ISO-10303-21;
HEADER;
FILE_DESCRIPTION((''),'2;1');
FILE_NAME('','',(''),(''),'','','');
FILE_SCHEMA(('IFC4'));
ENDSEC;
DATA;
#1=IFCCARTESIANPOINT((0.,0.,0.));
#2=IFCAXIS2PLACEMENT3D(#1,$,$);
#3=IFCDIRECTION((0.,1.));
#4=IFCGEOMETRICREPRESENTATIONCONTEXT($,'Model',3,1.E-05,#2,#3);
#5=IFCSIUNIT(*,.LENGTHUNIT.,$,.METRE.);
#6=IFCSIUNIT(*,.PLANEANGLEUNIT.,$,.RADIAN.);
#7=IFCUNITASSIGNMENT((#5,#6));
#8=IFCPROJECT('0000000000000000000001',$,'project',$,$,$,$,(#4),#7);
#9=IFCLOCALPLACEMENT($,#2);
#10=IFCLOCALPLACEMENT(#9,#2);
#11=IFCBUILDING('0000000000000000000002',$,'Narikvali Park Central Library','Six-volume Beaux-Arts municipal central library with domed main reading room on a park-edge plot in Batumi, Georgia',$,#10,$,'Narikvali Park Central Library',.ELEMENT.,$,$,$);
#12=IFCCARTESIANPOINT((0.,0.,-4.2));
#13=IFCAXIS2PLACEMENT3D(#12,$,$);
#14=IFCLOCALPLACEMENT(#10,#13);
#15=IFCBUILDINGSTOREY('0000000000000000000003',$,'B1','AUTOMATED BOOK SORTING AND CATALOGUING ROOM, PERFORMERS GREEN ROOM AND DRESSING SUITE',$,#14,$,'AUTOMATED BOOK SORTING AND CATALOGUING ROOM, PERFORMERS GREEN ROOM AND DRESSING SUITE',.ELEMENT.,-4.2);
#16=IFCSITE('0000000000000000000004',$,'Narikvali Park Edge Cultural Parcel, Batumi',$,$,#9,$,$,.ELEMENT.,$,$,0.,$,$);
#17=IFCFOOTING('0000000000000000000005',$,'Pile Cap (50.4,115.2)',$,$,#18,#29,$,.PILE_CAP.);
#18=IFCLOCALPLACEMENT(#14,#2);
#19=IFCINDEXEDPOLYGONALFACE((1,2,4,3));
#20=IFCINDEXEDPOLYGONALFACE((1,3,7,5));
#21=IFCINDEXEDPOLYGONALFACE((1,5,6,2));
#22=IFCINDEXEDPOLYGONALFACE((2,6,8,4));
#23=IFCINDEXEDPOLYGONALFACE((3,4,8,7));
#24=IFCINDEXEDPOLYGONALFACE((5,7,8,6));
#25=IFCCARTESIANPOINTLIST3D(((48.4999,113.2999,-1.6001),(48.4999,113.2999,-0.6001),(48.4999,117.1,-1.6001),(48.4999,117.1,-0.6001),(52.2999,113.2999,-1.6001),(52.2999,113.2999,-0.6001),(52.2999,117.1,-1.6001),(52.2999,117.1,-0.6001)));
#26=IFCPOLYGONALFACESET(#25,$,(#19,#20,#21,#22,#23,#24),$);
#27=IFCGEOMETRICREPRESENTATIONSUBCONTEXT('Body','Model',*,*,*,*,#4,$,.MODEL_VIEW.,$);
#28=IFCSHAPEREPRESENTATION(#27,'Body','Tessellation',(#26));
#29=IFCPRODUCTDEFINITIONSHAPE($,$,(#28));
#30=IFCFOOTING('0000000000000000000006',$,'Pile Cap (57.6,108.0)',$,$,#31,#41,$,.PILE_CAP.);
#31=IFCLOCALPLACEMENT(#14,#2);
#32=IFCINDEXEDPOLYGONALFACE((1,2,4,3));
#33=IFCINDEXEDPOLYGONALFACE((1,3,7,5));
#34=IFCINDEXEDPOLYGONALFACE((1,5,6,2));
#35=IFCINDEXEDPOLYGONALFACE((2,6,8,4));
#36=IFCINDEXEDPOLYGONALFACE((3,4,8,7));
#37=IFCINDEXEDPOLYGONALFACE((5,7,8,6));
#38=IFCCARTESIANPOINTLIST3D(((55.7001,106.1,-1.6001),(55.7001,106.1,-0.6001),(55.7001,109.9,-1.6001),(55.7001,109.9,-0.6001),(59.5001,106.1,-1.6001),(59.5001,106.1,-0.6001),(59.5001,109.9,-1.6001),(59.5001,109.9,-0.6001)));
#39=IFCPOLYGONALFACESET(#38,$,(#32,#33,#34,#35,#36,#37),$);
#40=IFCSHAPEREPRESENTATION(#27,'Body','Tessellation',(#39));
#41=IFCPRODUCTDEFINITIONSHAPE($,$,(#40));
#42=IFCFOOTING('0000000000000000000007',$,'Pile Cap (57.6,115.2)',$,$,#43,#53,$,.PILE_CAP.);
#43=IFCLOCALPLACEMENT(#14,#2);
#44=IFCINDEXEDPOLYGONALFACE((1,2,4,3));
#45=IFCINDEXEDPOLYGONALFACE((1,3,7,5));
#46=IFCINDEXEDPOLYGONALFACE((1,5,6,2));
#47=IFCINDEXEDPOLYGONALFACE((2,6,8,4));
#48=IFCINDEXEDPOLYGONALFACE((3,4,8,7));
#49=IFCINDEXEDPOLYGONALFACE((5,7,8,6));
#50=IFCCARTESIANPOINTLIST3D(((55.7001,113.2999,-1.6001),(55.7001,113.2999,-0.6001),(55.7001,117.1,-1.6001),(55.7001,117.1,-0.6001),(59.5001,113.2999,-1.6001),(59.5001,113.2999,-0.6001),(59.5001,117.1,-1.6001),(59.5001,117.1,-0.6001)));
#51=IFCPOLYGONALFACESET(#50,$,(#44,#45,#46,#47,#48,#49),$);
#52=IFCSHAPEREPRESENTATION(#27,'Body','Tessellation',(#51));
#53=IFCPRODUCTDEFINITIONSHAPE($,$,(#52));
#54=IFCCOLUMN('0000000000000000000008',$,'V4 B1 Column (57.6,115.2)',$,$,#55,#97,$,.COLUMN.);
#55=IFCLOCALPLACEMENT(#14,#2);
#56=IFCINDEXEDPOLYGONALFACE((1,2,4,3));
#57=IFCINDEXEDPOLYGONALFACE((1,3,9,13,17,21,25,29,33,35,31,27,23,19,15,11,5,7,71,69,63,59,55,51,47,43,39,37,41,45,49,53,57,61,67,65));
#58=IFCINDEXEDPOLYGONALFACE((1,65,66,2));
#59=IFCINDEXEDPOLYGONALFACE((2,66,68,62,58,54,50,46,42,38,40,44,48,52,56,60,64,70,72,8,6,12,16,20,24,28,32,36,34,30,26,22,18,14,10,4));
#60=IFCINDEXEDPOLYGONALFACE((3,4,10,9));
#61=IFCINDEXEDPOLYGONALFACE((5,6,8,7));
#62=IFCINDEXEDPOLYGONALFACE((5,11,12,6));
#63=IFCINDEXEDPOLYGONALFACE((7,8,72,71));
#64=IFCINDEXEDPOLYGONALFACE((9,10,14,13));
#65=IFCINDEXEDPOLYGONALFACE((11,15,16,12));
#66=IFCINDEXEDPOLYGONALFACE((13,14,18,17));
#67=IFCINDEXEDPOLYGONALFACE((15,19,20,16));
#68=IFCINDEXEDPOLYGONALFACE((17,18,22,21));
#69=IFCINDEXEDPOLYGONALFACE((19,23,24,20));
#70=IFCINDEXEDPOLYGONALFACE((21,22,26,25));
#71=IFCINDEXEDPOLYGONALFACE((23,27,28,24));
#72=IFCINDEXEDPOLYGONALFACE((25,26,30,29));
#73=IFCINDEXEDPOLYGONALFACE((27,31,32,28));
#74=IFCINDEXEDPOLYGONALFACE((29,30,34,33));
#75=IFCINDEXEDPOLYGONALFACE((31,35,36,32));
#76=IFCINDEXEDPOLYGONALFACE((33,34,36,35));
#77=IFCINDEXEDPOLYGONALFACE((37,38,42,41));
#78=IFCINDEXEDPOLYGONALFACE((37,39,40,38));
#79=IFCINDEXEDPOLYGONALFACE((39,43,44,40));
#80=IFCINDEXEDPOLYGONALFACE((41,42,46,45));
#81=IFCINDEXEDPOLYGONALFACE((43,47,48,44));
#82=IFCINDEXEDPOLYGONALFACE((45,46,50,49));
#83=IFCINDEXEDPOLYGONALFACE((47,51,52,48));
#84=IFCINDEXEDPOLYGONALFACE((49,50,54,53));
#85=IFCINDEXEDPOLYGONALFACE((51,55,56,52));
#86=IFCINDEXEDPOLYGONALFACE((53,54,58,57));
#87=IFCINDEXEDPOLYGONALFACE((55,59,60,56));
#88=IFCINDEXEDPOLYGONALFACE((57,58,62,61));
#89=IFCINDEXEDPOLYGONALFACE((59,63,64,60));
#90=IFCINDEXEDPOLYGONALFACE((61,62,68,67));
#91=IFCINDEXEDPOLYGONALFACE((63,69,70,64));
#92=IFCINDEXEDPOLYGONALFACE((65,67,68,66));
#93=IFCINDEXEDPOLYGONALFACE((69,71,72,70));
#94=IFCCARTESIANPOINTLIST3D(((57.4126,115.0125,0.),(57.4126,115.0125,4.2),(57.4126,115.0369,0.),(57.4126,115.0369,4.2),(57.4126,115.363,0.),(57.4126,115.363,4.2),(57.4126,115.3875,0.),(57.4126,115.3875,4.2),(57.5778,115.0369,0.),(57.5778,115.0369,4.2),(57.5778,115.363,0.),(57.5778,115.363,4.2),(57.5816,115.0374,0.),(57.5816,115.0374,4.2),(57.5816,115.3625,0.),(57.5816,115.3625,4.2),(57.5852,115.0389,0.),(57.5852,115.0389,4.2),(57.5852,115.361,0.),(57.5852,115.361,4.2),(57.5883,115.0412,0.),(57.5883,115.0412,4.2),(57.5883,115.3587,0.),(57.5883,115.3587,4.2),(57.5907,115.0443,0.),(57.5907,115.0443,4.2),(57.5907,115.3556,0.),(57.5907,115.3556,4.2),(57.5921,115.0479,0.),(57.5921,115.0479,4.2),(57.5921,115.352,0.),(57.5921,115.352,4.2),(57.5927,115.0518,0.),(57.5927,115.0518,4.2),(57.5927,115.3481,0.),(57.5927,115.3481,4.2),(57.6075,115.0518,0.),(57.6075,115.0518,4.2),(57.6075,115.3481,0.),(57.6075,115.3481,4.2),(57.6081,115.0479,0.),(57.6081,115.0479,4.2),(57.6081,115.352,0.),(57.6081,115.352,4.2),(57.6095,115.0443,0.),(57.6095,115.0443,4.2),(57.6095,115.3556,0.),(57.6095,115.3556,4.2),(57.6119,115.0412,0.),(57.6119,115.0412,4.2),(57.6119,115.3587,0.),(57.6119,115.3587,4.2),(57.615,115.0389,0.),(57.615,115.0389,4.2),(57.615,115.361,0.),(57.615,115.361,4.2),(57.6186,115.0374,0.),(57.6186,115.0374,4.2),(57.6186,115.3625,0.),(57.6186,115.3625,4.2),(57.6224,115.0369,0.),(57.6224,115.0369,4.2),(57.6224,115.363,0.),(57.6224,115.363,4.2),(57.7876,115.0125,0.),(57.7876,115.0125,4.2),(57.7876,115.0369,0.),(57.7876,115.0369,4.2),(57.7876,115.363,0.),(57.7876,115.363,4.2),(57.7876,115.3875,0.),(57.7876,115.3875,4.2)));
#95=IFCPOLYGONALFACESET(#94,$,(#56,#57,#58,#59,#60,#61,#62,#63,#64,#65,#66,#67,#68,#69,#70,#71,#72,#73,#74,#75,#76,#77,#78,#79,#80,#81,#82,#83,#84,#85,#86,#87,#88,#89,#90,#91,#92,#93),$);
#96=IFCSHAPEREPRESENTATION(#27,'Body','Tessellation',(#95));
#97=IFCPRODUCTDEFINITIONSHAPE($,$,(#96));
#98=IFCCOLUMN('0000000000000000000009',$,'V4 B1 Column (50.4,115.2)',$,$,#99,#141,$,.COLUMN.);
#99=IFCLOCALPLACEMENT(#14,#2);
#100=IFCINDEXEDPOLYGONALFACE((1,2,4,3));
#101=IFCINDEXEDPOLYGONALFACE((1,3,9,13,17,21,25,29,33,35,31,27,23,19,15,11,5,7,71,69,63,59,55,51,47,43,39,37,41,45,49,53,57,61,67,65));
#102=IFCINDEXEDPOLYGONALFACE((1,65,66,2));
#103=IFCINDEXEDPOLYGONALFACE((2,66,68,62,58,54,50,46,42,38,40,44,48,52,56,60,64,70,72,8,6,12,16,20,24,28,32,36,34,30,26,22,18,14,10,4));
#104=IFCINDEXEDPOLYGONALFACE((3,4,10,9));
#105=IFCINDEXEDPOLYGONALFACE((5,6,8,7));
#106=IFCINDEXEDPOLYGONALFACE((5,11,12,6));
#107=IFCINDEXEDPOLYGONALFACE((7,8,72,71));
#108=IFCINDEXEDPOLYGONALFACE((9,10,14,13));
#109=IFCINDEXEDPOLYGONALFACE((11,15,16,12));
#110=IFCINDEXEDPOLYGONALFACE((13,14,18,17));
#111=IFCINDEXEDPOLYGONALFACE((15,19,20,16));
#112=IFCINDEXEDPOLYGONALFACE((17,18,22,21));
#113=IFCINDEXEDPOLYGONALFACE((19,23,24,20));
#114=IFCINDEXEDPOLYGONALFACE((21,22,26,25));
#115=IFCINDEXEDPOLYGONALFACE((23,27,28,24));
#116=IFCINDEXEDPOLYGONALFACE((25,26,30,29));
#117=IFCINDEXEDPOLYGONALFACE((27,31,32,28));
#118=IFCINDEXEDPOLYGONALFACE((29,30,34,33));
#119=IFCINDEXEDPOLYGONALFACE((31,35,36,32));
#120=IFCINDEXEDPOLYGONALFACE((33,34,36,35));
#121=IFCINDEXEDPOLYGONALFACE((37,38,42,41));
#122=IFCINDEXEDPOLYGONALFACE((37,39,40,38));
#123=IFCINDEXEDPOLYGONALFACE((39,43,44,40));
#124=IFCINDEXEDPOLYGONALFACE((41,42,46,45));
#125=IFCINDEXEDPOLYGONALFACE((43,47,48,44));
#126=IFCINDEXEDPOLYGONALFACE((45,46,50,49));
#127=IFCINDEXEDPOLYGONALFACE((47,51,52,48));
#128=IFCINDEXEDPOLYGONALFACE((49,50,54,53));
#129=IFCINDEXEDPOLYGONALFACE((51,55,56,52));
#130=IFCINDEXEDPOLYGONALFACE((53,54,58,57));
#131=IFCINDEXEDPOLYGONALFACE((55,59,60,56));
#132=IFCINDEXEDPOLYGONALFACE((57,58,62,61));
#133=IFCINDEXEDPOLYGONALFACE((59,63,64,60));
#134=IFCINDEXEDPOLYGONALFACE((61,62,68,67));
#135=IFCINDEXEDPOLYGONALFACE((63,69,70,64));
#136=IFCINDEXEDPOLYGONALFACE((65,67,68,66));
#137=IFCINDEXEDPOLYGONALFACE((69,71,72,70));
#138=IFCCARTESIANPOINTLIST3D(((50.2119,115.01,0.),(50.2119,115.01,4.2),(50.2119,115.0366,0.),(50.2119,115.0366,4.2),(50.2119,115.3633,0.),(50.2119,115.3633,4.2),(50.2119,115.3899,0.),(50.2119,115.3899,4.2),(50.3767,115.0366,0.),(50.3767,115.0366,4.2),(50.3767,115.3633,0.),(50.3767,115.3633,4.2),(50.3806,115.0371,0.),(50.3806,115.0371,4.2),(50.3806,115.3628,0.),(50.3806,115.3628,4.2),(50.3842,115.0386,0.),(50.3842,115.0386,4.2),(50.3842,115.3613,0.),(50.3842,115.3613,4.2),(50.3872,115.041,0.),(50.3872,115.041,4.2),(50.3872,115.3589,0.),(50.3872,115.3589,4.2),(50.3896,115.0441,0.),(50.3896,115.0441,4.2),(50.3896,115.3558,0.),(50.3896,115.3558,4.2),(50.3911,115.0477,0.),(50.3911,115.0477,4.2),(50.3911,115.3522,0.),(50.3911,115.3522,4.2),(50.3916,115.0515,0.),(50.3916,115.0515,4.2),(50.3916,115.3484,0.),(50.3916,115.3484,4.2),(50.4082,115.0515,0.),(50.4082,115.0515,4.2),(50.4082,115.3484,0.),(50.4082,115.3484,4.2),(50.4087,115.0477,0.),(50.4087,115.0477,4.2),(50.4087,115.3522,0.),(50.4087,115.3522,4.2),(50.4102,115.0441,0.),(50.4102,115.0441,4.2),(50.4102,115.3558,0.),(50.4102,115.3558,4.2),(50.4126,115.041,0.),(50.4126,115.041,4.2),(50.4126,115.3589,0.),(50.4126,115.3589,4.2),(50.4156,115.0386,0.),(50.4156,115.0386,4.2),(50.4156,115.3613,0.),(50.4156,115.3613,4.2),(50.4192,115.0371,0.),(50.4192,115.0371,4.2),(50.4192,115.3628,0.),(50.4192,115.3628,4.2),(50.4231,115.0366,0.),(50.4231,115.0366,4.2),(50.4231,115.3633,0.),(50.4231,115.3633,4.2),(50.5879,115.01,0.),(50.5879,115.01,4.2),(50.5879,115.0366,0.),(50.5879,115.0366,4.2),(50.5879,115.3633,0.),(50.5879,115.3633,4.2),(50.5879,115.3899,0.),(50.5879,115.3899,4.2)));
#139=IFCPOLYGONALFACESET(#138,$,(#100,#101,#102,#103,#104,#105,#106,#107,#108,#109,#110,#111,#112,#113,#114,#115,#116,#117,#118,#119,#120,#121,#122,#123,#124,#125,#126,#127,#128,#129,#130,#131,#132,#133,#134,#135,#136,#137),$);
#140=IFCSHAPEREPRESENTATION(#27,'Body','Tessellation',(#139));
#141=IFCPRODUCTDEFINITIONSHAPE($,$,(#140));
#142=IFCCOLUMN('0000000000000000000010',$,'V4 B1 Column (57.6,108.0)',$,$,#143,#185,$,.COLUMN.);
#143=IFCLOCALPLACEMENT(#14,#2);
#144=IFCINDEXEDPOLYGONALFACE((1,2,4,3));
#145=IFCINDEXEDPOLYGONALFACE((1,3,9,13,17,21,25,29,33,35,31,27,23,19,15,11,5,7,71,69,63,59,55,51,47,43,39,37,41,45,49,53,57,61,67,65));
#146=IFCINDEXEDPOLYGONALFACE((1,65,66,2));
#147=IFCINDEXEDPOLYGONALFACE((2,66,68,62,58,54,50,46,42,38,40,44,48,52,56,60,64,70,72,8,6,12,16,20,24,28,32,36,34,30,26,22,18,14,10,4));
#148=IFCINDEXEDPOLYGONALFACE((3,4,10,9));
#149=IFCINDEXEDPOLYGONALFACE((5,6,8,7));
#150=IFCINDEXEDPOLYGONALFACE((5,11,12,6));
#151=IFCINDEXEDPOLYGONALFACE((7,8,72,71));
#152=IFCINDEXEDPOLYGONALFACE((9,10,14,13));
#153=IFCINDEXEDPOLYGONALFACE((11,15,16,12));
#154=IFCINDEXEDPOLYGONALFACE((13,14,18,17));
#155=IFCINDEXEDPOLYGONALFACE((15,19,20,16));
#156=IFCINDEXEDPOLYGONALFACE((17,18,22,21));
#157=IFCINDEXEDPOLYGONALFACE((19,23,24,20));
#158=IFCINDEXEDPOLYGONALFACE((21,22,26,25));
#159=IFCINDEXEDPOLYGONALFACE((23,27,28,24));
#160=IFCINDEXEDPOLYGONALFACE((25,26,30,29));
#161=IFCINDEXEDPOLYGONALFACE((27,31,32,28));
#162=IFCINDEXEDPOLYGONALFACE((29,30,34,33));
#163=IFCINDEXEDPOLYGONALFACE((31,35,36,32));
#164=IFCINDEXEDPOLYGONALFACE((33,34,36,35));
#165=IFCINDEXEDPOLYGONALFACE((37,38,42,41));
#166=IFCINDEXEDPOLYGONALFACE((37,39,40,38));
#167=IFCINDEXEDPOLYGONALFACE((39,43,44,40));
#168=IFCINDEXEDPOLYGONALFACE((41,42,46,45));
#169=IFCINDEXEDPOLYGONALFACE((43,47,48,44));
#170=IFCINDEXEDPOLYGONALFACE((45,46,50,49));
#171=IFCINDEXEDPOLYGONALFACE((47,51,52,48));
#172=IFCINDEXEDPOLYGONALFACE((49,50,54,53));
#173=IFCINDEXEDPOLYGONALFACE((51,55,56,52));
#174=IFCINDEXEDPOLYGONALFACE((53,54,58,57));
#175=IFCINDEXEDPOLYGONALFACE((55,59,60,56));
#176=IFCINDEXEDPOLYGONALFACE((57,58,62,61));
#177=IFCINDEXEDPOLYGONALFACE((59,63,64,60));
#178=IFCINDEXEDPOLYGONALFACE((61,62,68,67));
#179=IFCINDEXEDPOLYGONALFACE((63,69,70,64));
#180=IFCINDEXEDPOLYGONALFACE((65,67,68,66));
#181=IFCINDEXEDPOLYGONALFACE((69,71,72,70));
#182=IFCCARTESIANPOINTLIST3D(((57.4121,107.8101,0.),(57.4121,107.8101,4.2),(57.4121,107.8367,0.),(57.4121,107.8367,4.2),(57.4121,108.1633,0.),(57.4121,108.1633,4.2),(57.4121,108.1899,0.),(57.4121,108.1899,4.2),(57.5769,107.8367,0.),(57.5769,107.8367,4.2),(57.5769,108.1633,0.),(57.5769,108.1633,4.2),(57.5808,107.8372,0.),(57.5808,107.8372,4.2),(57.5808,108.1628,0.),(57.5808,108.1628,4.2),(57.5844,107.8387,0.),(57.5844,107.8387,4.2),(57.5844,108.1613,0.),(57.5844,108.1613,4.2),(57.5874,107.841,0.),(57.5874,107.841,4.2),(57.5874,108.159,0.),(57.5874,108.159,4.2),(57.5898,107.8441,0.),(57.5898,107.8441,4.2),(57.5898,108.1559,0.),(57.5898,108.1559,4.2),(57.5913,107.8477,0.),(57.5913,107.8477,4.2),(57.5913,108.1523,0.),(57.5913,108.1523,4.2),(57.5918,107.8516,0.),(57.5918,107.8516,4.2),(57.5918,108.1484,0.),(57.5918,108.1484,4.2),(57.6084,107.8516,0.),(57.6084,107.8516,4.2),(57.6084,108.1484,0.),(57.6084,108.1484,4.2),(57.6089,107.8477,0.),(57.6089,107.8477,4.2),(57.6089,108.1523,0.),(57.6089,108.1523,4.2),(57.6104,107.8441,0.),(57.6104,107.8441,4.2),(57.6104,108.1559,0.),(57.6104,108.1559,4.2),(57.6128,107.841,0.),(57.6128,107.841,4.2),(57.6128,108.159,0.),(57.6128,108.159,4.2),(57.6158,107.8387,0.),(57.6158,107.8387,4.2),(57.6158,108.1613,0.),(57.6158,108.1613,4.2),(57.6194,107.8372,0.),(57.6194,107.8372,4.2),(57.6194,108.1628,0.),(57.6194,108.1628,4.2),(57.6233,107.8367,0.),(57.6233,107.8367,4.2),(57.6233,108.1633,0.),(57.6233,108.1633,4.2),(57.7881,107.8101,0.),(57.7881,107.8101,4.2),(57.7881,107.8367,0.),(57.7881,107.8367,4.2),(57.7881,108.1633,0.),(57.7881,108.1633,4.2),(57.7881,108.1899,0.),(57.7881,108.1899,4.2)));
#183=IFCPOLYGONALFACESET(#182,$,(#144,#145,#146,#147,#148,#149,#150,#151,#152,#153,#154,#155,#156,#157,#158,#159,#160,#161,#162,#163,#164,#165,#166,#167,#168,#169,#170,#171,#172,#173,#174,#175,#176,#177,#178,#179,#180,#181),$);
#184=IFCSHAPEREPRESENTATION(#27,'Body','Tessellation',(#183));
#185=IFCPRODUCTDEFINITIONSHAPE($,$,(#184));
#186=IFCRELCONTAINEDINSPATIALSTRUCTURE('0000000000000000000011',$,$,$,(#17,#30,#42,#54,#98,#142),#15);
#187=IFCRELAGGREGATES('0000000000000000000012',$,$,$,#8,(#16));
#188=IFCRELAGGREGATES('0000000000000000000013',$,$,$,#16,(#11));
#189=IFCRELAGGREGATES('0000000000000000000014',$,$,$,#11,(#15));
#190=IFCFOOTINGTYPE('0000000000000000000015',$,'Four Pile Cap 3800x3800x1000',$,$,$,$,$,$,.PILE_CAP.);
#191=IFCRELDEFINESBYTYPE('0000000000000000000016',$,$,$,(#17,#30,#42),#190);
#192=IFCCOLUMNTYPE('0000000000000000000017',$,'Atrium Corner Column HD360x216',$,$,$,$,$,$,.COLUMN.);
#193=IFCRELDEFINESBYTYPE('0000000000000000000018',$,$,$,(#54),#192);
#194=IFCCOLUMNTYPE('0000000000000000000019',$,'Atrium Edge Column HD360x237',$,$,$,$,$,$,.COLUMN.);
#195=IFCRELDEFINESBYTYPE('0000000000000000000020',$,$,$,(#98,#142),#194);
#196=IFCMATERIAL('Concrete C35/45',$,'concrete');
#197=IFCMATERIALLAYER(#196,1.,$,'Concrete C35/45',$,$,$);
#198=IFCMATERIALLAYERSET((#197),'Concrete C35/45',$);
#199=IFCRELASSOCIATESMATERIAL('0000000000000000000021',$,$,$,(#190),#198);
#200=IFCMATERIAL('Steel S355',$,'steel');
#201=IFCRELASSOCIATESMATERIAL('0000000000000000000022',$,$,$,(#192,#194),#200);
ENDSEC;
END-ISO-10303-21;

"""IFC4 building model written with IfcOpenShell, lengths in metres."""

from ifc_helpers import new_model, si_unit, direction, frame, origin, origin_2d, place, context, subcontext, project, spatial, rectangle, i_section, extrude, material, layer, layer_set, material_profile, profile_set, type_object, element, save


model = new_model("IFC4")

# Units and contexts
model_context = context("Model", 3, precision=1e-05, world=origin(), true_north=direction((0.0, 1.0)))
body_context = subcontext(model_context, "Body", "Model", "MODEL_VIEW")
ifc_project = project(units=[si_unit("LENGTHUNIT", "METRE"), si_unit("PLANEANGLEUNIT", "RADIAN")], contexts=[model_context])

# Site, building, storey
site_placement = place(None, origin())
site = spatial("IfcSite", under=ifc_project, at=site_placement, Name="Narikvali Park Edge Cultural Parcel, Batumi", CompositionType="ELEMENT", RefElevation=0.0)
building_placement = place(site_placement, origin())
building = spatial("IfcBuilding", under=site, at=building_placement, Name="Narikvali Park Central Library", Description="Six-volume Beaux-Arts municipal central library with domed main reading room on a park-edge plot in Batumi, Georgia", LongName="Narikvali Park Central Library", CompositionType="ELEMENT")
storey_placement = place(building_placement, frame((0.0, 0.0, -4.2)))
storey = spatial("IfcBuildingStorey", under=building, at=storey_placement, Name="B1", Description="AUTOMATED BOOK SORTING AND CATALOGUING ROOM, PERFORMERS GREEN ROOM AND DRESSING SUITE", LongName="AUTOMATED BOOK SORTING AND CATALOGUING ROOM, PERFORMERS GREEN ROOM AND DRESSING SUITE", CompositionType="ELEMENT", Elevation=-4.2)

# Shared definitions
ifc_material_1 = material(Name="Concrete C35/45", Category="concrete")

# Footings
ifc_layer_1 = layer(ifc_material_1, 1.0, Name="Concrete C35/45")
ifc_layer_set_1 = layer_set([ifc_layer_1], Name="Concrete C35/45")
footing_type_1 = type_object("IfcFootingType", Name="Four Pile Cap 3800x3800x1000", PredefinedType="PILE_CAP", material=ifc_layer_set_1)
for number, where, z_axis, x_axis, name in (
    (1, (50.3999, 115.2, -1.6001), (0.0, 0.0, 1.0), (1.0, 0.0, 0.0), "Pile Cap (50.4,115.2)"),
    (2, (57.6001, 108.0, -1.6001), (0.0, 0.0, 1.0), (1.0, 0.0, 0.0), "Pile Cap (57.6,108.0)"),
    (3, (57.6001, 115.2, -1.6001), (0.0, 0.0, 1.0), (1.0, 0.0, 0.0), "Pile Cap (57.6,115.2)"),
):
    element("IfcFooting", number, at=place(storey_placement, frame(where, z_axis=z_axis, x_axis=x_axis)), inside=storey, type_object=footing_type_1, Name=name, PredefinedType="PILE_CAP", context=body_context, shape_type="SweptSolid", body=[
        extrude(rectangle(XDim=3.8, YDim=3.8, at=origin_2d()), origin(), (0.0, 0.0, 1.0), 1.0),
    ])

# Columns
ifc_material_2 = material(Name="Steel S355", Category="steel")
ifc_material_profile_1 = material_profile(ifc_material_2, i_section(OverallWidth=0.375, OverallDepth=0.375, WebThickness=0.0149, FlangeThickness=0.0244, FilletRadius=0.0149, at=origin_2d()), Name="HD 360x216")
ifc_profile_set_1 = profile_set([ifc_material_profile_1], Name="Steel S355")
column_type_1 = type_object("IfcColumnType", Name="Atrium Corner Column HD360x216", PredefinedType="COLUMN", material=ifc_profile_set_1)
column_1_placement = place(storey_placement, frame((57.6001, 115.2, 0.0), z_axis=(0.0, 0.0, 1.0), x_axis=(1.0, 0.0, 0.0)))
element("IfcColumn", 4, at=column_1_placement, inside=storey, type_object=column_type_1, Name="V4 B1 Column (57.6,115.2)", PredefinedType="COLUMN", context=body_context, shape_type="SweptSolid", body=[
    extrude(i_section(OverallWidth=0.375, OverallDepth=0.375, WebThickness=0.0149, FlangeThickness=0.0244, FilletRadius=0.0149, at=origin_2d()), origin(), (0.0, 0.0, 1.0), 4.2),
])
ifc_material_profile_2 = material_profile(ifc_material_2, i_section(OverallWidth=0.376, OverallDepth=0.3799, WebThickness=0.0166, FlangeThickness=0.0266, FilletRadius=0.0149, at=origin_2d()), Name="HD 360x237")
ifc_profile_set_2 = profile_set([ifc_material_profile_2], Name="Steel S355")
column_type_2 = type_object("IfcColumnType", Name="Atrium Edge Column HD360x237", PredefinedType="COLUMN", material=ifc_profile_set_2)
for number, where, z_axis, x_axis, name in (
    (5, (50.3999, 115.2, 0.0), (0.0, 0.0, 1.0), (1.0, 0.0, 0.0), "V4 B1 Column (50.4,115.2)"),
    (6, (57.6001, 108.0, 0.0), (0.0, 0.0, 1.0), (1.0, 0.0, 0.0), "V4 B1 Column (57.6,108.0)"),
):
    element("IfcColumn", number, at=place(storey_placement, frame(where, z_axis=z_axis, x_axis=x_axis)), inside=storey, type_object=column_type_2, Name=name, PredefinedType="COLUMN", context=body_context, shape_type="SweptSolid", body=[
        extrude(i_section(OverallWidth=0.376, OverallDepth=0.3799, WebThickness=0.0166, FlangeThickness=0.0266, FilletRadius=0.0149, at=origin_2d()), origin(), (0.0, 0.0, 1.0), 4.2),
    ])

save(model, "model.ifc")
